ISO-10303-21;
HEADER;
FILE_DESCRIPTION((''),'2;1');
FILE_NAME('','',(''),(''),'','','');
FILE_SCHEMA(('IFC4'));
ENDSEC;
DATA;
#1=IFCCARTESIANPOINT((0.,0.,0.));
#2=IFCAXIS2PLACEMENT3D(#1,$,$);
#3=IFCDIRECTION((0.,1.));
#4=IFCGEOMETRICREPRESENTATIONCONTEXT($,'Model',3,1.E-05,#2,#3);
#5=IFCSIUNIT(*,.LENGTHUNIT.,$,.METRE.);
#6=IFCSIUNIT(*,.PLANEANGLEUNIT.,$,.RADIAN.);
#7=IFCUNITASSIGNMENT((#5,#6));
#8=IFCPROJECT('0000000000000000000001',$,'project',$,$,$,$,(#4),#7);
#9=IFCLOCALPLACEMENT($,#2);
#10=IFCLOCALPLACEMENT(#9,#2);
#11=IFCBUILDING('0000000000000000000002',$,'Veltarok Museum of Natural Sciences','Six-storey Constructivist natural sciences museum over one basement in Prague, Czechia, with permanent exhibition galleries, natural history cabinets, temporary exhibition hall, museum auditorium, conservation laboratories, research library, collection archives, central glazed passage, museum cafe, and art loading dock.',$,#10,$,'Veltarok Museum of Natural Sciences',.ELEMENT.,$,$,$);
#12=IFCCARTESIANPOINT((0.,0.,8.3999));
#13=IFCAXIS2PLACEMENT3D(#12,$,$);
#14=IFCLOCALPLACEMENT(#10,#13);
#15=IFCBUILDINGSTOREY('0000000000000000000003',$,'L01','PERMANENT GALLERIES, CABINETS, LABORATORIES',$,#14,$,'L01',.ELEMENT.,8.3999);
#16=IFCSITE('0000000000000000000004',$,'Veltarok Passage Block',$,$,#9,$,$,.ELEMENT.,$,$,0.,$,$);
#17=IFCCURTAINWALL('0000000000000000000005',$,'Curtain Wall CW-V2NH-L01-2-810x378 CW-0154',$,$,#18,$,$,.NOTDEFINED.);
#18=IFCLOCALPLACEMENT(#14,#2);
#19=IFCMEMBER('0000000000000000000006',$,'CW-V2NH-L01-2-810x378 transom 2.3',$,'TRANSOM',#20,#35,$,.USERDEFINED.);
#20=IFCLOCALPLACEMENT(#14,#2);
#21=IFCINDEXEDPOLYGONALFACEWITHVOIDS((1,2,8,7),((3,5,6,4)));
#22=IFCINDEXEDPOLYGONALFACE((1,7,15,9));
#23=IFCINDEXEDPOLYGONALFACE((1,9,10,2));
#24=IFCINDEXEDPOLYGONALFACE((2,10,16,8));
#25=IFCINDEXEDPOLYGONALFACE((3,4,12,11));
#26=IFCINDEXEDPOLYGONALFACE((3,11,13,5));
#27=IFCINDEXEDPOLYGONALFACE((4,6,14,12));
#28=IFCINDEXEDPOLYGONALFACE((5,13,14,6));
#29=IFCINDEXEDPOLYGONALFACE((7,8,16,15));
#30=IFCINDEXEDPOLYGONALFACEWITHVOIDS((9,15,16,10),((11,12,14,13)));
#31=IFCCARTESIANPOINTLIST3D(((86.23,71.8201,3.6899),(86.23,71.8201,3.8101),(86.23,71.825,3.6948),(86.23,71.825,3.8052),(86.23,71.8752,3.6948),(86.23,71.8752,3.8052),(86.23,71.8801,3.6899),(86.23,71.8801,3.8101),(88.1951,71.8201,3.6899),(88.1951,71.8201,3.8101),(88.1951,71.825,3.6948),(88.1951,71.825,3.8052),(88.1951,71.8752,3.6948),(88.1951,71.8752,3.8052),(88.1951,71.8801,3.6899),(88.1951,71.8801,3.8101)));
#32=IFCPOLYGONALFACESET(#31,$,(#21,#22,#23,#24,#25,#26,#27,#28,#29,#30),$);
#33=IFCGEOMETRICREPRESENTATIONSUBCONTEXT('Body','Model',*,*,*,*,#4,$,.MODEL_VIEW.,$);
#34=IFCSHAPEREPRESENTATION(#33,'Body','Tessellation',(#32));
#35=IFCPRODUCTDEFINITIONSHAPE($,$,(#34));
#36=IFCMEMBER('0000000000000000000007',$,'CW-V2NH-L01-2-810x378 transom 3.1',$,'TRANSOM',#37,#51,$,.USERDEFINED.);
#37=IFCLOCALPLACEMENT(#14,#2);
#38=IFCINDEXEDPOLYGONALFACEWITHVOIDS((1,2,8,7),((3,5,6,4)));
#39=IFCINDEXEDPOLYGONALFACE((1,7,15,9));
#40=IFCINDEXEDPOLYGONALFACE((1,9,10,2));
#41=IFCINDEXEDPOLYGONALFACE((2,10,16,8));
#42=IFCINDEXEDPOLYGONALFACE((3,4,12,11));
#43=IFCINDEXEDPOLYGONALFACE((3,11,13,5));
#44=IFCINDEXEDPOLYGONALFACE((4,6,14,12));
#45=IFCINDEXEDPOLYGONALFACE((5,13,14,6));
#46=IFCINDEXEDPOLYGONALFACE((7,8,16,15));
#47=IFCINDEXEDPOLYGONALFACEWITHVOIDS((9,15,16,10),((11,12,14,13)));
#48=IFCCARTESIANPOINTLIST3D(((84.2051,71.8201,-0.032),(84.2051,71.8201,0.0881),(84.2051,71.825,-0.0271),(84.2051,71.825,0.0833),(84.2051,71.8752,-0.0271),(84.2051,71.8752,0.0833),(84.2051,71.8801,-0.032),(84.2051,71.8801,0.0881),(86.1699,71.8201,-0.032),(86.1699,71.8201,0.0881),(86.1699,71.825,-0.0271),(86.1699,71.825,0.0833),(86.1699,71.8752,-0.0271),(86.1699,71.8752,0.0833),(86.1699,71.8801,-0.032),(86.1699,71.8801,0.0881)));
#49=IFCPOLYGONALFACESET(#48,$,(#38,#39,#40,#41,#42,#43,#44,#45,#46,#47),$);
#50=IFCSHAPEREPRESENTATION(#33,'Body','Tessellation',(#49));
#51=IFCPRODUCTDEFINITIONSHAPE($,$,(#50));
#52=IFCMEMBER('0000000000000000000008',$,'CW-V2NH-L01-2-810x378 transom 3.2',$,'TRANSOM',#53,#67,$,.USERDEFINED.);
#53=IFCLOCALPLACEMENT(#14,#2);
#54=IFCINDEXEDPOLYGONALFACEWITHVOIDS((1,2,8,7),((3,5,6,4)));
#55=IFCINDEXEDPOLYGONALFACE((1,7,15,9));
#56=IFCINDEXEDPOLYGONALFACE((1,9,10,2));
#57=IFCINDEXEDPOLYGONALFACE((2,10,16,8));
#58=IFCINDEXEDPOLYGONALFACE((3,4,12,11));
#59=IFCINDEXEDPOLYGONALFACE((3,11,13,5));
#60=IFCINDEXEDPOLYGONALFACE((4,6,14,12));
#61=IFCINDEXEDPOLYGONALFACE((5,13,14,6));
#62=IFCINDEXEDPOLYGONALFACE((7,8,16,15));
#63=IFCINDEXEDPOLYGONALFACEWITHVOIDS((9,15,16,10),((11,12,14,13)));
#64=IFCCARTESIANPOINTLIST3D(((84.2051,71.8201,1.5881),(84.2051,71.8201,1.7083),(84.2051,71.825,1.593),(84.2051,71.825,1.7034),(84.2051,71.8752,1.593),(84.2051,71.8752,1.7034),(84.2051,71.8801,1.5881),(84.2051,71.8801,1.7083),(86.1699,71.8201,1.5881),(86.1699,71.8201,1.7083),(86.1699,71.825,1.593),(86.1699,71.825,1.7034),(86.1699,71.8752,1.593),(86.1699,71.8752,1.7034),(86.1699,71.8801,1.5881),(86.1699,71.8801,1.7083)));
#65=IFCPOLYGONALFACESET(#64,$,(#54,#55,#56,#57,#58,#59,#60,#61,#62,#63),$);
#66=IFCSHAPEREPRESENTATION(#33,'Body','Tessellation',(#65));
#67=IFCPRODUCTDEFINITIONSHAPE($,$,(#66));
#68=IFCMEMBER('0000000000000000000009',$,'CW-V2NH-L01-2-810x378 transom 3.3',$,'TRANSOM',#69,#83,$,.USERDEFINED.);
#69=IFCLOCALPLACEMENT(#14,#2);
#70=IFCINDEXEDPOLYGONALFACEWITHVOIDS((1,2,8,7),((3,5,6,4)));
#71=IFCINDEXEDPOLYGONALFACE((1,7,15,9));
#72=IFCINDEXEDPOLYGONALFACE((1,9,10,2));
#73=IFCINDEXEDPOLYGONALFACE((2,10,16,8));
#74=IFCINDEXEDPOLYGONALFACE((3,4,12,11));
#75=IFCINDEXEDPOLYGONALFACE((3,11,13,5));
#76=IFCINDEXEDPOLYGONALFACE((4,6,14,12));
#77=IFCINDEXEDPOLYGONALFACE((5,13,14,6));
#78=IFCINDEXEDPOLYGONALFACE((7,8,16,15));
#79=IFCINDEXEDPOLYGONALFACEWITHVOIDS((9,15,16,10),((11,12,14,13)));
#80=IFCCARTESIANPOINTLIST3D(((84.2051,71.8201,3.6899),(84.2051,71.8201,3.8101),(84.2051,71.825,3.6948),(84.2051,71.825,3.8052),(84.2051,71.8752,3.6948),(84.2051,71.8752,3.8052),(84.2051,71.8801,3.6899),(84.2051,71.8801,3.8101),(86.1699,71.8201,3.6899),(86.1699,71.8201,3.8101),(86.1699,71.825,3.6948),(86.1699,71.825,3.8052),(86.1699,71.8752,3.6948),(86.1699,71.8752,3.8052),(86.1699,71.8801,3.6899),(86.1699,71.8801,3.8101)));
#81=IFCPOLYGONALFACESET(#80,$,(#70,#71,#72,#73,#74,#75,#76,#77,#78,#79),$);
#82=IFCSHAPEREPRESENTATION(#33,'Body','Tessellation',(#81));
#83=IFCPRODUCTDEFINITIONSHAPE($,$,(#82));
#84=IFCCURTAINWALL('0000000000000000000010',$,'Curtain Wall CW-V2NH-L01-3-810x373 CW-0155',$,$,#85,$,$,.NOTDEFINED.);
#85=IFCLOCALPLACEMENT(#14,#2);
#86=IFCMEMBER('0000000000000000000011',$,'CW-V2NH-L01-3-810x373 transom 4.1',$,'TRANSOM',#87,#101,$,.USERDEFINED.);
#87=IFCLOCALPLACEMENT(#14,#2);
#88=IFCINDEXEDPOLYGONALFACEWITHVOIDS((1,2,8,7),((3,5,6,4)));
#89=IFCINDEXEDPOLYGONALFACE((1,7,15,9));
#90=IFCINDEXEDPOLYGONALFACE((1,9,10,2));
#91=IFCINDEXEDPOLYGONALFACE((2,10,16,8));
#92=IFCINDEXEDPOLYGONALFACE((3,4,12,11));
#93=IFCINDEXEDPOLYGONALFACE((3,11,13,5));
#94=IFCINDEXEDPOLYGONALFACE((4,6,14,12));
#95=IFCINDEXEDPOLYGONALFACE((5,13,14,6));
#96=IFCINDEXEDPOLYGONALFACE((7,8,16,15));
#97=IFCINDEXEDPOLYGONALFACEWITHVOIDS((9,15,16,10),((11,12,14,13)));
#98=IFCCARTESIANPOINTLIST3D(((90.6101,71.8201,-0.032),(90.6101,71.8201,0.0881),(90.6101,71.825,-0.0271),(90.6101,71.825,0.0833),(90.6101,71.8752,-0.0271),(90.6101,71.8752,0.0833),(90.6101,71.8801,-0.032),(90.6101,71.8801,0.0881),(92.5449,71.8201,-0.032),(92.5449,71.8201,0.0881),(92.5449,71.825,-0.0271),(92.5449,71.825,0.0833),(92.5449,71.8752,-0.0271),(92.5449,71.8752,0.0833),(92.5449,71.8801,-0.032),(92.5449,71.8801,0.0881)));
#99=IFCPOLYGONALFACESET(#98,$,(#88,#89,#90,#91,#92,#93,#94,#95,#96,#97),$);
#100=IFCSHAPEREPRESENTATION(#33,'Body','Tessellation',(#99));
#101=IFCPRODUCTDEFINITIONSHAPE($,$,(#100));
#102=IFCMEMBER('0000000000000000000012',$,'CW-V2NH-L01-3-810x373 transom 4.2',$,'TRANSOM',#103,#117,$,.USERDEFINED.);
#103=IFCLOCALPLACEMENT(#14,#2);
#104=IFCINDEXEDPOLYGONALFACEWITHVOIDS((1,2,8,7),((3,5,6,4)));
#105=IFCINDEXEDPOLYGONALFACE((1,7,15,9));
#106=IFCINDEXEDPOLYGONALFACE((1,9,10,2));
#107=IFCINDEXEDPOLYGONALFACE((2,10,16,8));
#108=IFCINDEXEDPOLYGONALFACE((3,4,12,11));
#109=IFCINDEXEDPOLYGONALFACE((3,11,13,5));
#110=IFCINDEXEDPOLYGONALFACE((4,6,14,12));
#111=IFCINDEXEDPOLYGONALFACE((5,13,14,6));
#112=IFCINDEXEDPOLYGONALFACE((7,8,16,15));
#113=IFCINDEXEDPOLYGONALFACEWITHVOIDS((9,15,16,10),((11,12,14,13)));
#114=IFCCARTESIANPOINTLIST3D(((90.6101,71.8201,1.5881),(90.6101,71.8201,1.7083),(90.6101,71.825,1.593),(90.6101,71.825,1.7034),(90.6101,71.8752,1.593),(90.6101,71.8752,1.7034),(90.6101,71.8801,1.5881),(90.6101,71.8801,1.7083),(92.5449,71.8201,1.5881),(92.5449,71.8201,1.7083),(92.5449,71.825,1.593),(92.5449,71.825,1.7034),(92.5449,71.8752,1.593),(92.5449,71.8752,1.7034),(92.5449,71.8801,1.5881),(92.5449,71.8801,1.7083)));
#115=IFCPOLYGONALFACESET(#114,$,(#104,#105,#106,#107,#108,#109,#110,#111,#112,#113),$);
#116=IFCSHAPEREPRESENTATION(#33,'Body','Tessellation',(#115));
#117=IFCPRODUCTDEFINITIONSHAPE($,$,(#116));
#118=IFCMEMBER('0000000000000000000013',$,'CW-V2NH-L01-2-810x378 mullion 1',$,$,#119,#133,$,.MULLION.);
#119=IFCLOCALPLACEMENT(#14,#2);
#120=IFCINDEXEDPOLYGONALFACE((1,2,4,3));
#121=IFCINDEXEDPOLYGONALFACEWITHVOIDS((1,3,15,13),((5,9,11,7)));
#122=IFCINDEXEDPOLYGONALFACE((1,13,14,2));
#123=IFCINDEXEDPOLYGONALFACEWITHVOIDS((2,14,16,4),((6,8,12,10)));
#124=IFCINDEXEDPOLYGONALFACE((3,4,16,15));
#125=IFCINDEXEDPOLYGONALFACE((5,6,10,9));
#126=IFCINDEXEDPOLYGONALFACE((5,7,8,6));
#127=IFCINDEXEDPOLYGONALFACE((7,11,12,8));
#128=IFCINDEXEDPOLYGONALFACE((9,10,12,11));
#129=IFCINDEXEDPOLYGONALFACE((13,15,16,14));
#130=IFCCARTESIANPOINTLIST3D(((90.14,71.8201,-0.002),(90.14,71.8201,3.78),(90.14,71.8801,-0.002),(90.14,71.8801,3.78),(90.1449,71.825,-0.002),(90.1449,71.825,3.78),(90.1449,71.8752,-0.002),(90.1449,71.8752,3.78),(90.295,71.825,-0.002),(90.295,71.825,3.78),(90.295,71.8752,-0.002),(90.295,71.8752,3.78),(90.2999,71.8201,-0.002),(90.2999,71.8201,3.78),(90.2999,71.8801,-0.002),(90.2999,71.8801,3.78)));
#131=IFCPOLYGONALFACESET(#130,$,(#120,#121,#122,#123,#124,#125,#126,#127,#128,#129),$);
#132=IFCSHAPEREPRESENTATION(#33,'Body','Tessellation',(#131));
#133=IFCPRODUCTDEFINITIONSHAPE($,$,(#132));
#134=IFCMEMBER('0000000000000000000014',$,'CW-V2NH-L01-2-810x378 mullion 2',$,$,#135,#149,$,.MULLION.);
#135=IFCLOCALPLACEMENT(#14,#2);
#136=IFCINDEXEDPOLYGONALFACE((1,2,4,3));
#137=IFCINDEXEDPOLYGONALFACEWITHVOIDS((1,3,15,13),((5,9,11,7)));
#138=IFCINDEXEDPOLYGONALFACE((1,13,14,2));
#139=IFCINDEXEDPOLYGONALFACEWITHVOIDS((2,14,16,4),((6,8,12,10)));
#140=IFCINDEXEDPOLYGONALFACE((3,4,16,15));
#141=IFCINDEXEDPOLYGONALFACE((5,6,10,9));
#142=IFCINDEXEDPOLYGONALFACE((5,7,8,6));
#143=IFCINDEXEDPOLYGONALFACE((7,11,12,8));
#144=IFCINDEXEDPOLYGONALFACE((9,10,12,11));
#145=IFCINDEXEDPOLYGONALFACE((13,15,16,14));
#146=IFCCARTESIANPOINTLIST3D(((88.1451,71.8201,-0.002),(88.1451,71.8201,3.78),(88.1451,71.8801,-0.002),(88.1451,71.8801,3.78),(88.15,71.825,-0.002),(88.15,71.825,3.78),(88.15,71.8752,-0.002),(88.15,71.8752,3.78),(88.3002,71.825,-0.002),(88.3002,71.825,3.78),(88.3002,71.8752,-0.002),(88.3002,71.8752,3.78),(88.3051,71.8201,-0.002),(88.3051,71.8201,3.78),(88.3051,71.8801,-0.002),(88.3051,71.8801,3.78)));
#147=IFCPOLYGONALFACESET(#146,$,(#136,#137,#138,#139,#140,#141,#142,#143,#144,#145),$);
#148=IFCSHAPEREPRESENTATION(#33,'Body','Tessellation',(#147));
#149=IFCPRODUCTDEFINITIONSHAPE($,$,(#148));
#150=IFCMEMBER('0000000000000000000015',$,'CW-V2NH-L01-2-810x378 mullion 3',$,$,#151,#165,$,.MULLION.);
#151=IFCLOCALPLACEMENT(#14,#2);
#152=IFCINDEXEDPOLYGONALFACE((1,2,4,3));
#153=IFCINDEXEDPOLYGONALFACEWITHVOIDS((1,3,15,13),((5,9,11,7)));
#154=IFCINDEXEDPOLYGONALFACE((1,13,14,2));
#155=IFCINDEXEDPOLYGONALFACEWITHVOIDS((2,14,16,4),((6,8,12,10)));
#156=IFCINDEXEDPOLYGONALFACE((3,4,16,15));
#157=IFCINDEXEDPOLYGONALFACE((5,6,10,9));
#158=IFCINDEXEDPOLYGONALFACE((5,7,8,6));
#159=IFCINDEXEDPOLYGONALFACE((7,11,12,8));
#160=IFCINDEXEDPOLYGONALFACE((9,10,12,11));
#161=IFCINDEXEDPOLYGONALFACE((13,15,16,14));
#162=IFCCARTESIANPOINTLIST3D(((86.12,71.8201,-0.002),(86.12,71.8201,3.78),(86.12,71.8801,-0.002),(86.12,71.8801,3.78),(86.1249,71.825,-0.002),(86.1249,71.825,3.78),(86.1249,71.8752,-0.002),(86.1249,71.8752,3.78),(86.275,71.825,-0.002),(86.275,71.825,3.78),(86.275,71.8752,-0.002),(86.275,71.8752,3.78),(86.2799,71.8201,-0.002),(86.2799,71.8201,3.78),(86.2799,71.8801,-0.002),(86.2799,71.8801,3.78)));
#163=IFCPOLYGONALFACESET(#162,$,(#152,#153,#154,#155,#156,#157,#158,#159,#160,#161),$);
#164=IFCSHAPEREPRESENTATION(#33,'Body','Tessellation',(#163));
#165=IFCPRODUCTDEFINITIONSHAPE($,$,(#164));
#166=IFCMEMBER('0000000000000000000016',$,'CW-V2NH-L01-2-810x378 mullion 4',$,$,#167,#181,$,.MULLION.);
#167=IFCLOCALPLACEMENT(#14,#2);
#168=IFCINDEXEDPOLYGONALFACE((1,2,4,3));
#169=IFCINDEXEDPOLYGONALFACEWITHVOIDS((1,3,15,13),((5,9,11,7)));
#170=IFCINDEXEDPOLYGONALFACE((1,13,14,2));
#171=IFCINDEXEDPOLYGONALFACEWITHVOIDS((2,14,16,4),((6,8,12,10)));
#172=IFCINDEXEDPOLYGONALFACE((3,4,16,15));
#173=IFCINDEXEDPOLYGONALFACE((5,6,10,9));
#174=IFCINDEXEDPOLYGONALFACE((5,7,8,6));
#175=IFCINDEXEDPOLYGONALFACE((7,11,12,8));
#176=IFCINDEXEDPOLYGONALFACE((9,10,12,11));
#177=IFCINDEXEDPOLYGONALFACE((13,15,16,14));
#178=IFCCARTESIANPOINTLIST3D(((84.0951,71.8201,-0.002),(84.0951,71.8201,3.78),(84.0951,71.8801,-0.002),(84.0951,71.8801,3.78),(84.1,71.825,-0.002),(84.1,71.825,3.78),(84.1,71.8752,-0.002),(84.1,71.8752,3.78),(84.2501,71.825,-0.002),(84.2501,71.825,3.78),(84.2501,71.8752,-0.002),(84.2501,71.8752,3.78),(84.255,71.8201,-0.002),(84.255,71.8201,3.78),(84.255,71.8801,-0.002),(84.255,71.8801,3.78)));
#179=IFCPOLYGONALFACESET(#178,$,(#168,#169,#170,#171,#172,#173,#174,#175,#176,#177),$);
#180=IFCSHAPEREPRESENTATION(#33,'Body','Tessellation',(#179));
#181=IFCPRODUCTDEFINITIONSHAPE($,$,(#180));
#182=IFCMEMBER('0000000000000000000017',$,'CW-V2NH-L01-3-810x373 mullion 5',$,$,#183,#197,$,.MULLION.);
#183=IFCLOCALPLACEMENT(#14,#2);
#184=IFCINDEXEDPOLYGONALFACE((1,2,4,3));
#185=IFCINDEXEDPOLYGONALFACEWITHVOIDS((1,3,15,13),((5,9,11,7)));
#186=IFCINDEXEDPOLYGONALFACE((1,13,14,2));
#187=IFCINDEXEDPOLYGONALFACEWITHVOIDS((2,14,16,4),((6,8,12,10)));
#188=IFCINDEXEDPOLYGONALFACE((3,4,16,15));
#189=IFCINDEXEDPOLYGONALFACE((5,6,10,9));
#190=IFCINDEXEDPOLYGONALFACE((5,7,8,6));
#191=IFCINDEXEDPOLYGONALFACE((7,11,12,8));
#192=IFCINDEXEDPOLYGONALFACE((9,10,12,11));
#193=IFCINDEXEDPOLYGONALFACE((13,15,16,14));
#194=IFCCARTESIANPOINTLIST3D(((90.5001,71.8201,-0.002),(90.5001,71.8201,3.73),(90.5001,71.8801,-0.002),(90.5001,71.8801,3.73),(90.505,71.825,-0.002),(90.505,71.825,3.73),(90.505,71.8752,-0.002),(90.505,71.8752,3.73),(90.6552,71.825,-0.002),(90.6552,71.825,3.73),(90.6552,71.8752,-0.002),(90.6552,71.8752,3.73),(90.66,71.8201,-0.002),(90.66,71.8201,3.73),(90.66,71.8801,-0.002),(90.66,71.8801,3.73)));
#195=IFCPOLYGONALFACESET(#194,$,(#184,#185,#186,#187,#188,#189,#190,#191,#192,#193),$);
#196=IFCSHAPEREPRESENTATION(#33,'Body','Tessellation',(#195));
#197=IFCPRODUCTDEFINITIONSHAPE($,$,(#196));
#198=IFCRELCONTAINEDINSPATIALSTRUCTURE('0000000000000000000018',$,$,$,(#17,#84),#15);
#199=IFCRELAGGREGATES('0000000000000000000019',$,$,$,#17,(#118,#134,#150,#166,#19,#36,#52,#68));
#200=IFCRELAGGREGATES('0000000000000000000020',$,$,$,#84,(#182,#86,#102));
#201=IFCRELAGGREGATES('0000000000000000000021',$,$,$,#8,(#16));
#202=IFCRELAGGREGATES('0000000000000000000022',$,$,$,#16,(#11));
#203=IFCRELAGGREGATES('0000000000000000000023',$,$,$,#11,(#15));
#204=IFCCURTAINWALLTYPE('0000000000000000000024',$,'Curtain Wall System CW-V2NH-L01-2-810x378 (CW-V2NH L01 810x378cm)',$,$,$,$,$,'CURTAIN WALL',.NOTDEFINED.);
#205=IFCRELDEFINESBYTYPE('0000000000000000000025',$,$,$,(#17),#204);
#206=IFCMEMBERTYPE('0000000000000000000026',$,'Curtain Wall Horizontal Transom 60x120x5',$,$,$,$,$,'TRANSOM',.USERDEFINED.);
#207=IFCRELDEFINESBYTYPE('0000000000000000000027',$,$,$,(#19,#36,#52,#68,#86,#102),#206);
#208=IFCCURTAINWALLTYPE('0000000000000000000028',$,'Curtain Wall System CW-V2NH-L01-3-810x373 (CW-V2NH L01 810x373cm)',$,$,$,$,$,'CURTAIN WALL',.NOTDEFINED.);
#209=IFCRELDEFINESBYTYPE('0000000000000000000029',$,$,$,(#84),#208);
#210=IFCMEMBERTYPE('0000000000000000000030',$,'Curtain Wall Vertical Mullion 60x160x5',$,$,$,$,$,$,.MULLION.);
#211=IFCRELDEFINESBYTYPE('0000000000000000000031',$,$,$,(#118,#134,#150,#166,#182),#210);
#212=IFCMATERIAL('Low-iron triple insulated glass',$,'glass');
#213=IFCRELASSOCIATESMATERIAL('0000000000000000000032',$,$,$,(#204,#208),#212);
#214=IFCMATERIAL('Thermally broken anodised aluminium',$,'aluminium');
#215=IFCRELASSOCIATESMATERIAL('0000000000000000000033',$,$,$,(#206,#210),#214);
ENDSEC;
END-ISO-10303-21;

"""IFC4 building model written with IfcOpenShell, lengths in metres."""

from ifc_helpers import new_model, si_unit, direction, frame, origin, origin_2d, place, context, subcontext, project, spatial, hollow_rectangle, extrude, material, material_profile, profile_set, type_object, element, aggregate, save


model = new_model("IFC4")

# Units and contexts
model_context = context("Model", 3, precision=1e-05, world=origin(), true_north=direction((0.0, 1.0)))
body_context = subcontext(model_context, "Body", "Model", "MODEL_VIEW")
ifc_project = project(units=[si_unit("LENGTHUNIT", "METRE"), si_unit("PLANEANGLEUNIT", "RADIAN")], contexts=[model_context])

# Site, building, storey
site_placement = place(None, origin())
site = spatial("IfcSite", under=ifc_project, at=site_placement, Name="Veltarok Passage Block", CompositionType="ELEMENT", RefElevation=0.0)
building_placement = place(site_placement, origin())
building = spatial("IfcBuilding", under=site, at=building_placement, Name="Veltarok Museum of Natural Sciences", Description="Six-storey Constructivist natural sciences museum over one basement in Prague, Czechia, with permanent exhibition galleries, natural history cabinets, temporary exhibition hall, museum auditorium, conservation laboratories, research library, collection archives, central glazed passage, museum cafe, and art loading dock.", LongName="Veltarok Museum of Natural Sciences", CompositionType="ELEMENT")
storey_placement = place(building_placement, frame((0.0, 0.0, 8.3999)))
storey = spatial("IfcBuildingStorey", under=building, at=storey_placement, Name="L01", Description="PERMANENT GALLERIES, CABINETS, LABORATORIES", LongName="L01", CompositionType="ELEMENT", Elevation=8.3999)

# Curtain walls, members
ifc_material_1 = material(Name="Low-iron triple insulated glass", Category="glass")
curtain_wall_type_1 = type_object("IfcCurtainWallType", Name="Curtain Wall System CW-V2NH-L01-2-810x378 (CW-V2NH L01 810x378cm)", ElementType="CURTAIN WALL", PredefinedType="NOTDEFINED", material=ifc_material_1)
curtain_wall_1_placement = place(storey_placement, origin())
curtain_wall_1 = element("IfcCurtainWall", 1, at=curtain_wall_1_placement, inside=storey, type_object=curtain_wall_type_1, Name="Curtain Wall CW-V2NH-L01-2-810x378 CW-0154", PredefinedType="NOTDEFINED")
ifc_material_2 = material(Name="Thermally broken anodised aluminium", Category="aluminium")
ifc_material_profile_1 = material_profile(ifc_material_2, hollow_rectangle(XDim=0.0601, YDim=0.1201, WallThickness=0.0049, at=origin_2d()), Name="CW TRANSOM 60x120x5")
ifc_profile_set_1 = profile_set([ifc_material_profile_1], Name="Thermally broken anodised aluminium")
member_type_1 = type_object("IfcMemberType", Name="Curtain Wall Horizontal Transom 60x120x5", ElementType="TRANSOM", PredefinedType="USERDEFINED", material=ifc_profile_set_1)
member_1_placement = place(storey_placement, frame((88.1951, 71.8501, 3.75), z_axis=(-1.0, 0.0, 0.0), x_axis=(0.0, -1.0, 0.0)))
member_1 = element("IfcMember", 2, at=member_1_placement, type_object=member_type_1, Name="CW-V2NH-L01-2-810x378 transom 2.3", ObjectType="TRANSOM", PredefinedType="USERDEFINED", context=body_context, shape_type="SweptSolid", body=[
    extrude(hollow_rectangle(XDim=0.0601, YDim=0.1201, WallThickness=0.0049, at=origin_2d()), origin(), (0.0, 0.0, 1.0), 1.9651),
])
member_2_placement = place(storey_placement, frame((86.1699, 71.8501, 0.0281), z_axis=(-1.0, 0.0, 0.0), x_axis=(0.0, -1.0, 0.0)))
member_2 = element("IfcMember", 3, at=member_2_placement, type_object=member_type_1, Name="CW-V2NH-L01-2-810x378 transom 3.1", ObjectType="TRANSOM", PredefinedType="USERDEFINED", context=body_context, shape_type="SweptSolid", body=[
    extrude(hollow_rectangle(XDim=0.0601, YDim=0.1201, WallThickness=0.0049, at=origin_2d()), origin(), (0.0, 0.0, 1.0), 1.9648),
])
member_3_placement = place(storey_placement, frame((86.1699, 71.8501, 1.6482), z_axis=(-1.0, 0.0, 0.0), x_axis=(0.0, -1.0, 0.0)))
member_3 = element("IfcMember", 4, at=member_3_placement, type_object=member_type_1, Name="CW-V2NH-L01-2-810x378 transom 3.2", ObjectType="TRANSOM", PredefinedType="USERDEFINED", context=body_context, shape_type="SweptSolid", body=[
    extrude(hollow_rectangle(XDim=0.0601, YDim=0.1201, WallThickness=0.0049, at=origin_2d()), origin(), (0.0, 0.0, 1.0), 1.9648),
])
member_4_placement = place(storey_placement, frame((86.1699, 71.8501, 3.75), z_axis=(-1.0, 0.0, 0.0), x_axis=(0.0, -1.0, 0.0)))
member_4 = element("IfcMember", 5, at=member_4_placement, type_object=member_type_1, Name="CW-V2NH-L01-2-810x378 transom 3.3", ObjectType="TRANSOM", PredefinedType="USERDEFINED", context=body_context, shape_type="SweptSolid", body=[
    extrude(hollow_rectangle(XDim=0.0601, YDim=0.1201, WallThickness=0.0049, at=origin_2d()), origin(), (0.0, 0.0, 1.0), 1.9648),
])
curtain_wall_type_2 = type_object("IfcCurtainWallType", Name="Curtain Wall System CW-V2NH-L01-3-810x373 (CW-V2NH L01 810x373cm)", ElementType="CURTAIN WALL", PredefinedType="NOTDEFINED", material=ifc_material_1)
curtain_wall_2_placement = place(storey_placement, origin())
curtain_wall_2 = element("IfcCurtainWall", 6, at=curtain_wall_2_placement, inside=storey, type_object=curtain_wall_type_2, Name="Curtain Wall CW-V2NH-L01-3-810x373 CW-0155", PredefinedType="NOTDEFINED")
member_5_placement = place(storey_placement, frame((92.5449, 71.8501, 0.0281), z_axis=(-1.0, 0.0, 0.0), x_axis=(0.0, -1.0, 0.0)))
member_5 = element("IfcMember", 7, at=member_5_placement, type_object=member_type_1, Name="CW-V2NH-L01-3-810x373 transom 4.1", ObjectType="TRANSOM", PredefinedType="USERDEFINED", context=body_context, shape_type="SweptSolid", body=[
    extrude(hollow_rectangle(XDim=0.0601, YDim=0.1201, WallThickness=0.0049, at=origin_2d()), origin(), (0.0, 0.0, 1.0), 1.9348),
])
member_6_placement = place(storey_placement, frame((92.5449, 71.8501, 1.6482), z_axis=(-1.0, 0.0, 0.0), x_axis=(0.0, -1.0, 0.0)))
member_6 = element("IfcMember", 8, at=member_6_placement, type_object=member_type_1, Name="CW-V2NH-L01-3-810x373 transom 4.2", ObjectType="TRANSOM", PredefinedType="USERDEFINED", context=body_context, shape_type="SweptSolid", body=[
    extrude(hollow_rectangle(XDim=0.0601, YDim=0.1201, WallThickness=0.0049, at=origin_2d()), origin(), (0.0, 0.0, 1.0), 1.9348),
])

# Members
ifc_material_profile_2 = material_profile(ifc_material_2, hollow_rectangle(XDim=0.0601, YDim=0.1599, WallThickness=0.0049, at=origin_2d()), Name="CW MULLION 60x160x5")
ifc_profile_set_2 = profile_set([ifc_material_profile_2], Name="Thermally broken anodised aluminium")
member_type_2 = type_object("IfcMemberType", Name="Curtain Wall Vertical Mullion 60x160x5", PredefinedType="MULLION", material=ifc_profile_set_2)
member_7_placement = place(storey_placement, frame((90.22, 71.8501, -0.002), z_axis=(0.0, 0.0, 1.0), x_axis=(0.0, -1.0, 0.0)))
member_7 = element("IfcMember", 9, at=member_7_placement, type_object=member_type_2, Name="CW-V2NH-L01-2-810x378 mullion 1", PredefinedType="MULLION", context=body_context, shape_type="SweptSolid", body=[
    extrude(hollow_rectangle(XDim=0.0601, YDim=0.1599, WallThickness=0.0049, at=origin_2d()), origin(), (0.0, 0.0, 1.0), 3.782),
])
member_8_placement = place(storey_placement, frame((88.2251, 71.8501, -0.002), z_axis=(0.0, 0.0, 1.0), x_axis=(0.0, -1.0, 0.0)))
member_8 = element("IfcMember", 10, at=member_8_placement, type_object=member_type_2, Name="CW-V2NH-L01-2-810x378 mullion 2", PredefinedType="MULLION", context=body_context, shape_type="SweptSolid", body=[
    extrude(hollow_rectangle(XDim=0.0601, YDim=0.1599, WallThickness=0.0049, at=origin_2d()), origin(), (0.0, 0.0, 1.0), 3.782),
])
member_9_placement = place(storey_placement, frame((86.2, 71.8501, -0.002), z_axis=(0.0, 0.0, 1.0), x_axis=(0.0, -1.0, 0.0)))
member_9 = element("IfcMember", 11, at=member_9_placement, type_object=member_type_2, Name="CW-V2NH-L01-2-810x378 mullion 3", PredefinedType="MULLION", context=body_context, shape_type="SweptSolid", body=[
    extrude(hollow_rectangle(XDim=0.0601, YDim=0.1599, WallThickness=0.0049, at=origin_2d()), origin(), (0.0, 0.0, 1.0), 3.782),
])
member_10_placement = place(storey_placement, frame((84.175, 71.8501, -0.002), z_axis=(0.0, 0.0, 1.0), x_axis=(0.0, -1.0, 0.0)))
member_10 = element("IfcMember", 12, at=member_10_placement, type_object=member_type_2, Name="CW-V2NH-L01-2-810x378 mullion 4", PredefinedType="MULLION", context=body_context, shape_type="SweptSolid", body=[
    extrude(hollow_rectangle(XDim=0.0601, YDim=0.1599, WallThickness=0.0049, at=origin_2d()), origin(), (0.0, 0.0, 1.0), 3.782),
])
member_11_placement = place(storey_placement, frame((90.5801, 71.8501, -0.002), z_axis=(0.0, 0.0, 1.0), x_axis=(0.0, -1.0, 0.0)))
member_11 = element("IfcMember", 13, at=member_11_placement, type_object=member_type_2, Name="CW-V2NH-L01-3-810x373 mullion 5", PredefinedType="MULLION", context=body_context, shape_type="SweptSolid", body=[
    extrude(hollow_rectangle(XDim=0.0601, YDim=0.1599, WallThickness=0.0049, at=origin_2d()), origin(), (0.0, 0.0, 1.0), 3.7319),
])

aggregate(curtain_wall_1, [member_7, member_8, member_9, member_10, member_1, member_2, member_3, member_4])
aggregate(curtain_wall_2, [member_11, member_5, member_6])

save(model, "model.ifc")
